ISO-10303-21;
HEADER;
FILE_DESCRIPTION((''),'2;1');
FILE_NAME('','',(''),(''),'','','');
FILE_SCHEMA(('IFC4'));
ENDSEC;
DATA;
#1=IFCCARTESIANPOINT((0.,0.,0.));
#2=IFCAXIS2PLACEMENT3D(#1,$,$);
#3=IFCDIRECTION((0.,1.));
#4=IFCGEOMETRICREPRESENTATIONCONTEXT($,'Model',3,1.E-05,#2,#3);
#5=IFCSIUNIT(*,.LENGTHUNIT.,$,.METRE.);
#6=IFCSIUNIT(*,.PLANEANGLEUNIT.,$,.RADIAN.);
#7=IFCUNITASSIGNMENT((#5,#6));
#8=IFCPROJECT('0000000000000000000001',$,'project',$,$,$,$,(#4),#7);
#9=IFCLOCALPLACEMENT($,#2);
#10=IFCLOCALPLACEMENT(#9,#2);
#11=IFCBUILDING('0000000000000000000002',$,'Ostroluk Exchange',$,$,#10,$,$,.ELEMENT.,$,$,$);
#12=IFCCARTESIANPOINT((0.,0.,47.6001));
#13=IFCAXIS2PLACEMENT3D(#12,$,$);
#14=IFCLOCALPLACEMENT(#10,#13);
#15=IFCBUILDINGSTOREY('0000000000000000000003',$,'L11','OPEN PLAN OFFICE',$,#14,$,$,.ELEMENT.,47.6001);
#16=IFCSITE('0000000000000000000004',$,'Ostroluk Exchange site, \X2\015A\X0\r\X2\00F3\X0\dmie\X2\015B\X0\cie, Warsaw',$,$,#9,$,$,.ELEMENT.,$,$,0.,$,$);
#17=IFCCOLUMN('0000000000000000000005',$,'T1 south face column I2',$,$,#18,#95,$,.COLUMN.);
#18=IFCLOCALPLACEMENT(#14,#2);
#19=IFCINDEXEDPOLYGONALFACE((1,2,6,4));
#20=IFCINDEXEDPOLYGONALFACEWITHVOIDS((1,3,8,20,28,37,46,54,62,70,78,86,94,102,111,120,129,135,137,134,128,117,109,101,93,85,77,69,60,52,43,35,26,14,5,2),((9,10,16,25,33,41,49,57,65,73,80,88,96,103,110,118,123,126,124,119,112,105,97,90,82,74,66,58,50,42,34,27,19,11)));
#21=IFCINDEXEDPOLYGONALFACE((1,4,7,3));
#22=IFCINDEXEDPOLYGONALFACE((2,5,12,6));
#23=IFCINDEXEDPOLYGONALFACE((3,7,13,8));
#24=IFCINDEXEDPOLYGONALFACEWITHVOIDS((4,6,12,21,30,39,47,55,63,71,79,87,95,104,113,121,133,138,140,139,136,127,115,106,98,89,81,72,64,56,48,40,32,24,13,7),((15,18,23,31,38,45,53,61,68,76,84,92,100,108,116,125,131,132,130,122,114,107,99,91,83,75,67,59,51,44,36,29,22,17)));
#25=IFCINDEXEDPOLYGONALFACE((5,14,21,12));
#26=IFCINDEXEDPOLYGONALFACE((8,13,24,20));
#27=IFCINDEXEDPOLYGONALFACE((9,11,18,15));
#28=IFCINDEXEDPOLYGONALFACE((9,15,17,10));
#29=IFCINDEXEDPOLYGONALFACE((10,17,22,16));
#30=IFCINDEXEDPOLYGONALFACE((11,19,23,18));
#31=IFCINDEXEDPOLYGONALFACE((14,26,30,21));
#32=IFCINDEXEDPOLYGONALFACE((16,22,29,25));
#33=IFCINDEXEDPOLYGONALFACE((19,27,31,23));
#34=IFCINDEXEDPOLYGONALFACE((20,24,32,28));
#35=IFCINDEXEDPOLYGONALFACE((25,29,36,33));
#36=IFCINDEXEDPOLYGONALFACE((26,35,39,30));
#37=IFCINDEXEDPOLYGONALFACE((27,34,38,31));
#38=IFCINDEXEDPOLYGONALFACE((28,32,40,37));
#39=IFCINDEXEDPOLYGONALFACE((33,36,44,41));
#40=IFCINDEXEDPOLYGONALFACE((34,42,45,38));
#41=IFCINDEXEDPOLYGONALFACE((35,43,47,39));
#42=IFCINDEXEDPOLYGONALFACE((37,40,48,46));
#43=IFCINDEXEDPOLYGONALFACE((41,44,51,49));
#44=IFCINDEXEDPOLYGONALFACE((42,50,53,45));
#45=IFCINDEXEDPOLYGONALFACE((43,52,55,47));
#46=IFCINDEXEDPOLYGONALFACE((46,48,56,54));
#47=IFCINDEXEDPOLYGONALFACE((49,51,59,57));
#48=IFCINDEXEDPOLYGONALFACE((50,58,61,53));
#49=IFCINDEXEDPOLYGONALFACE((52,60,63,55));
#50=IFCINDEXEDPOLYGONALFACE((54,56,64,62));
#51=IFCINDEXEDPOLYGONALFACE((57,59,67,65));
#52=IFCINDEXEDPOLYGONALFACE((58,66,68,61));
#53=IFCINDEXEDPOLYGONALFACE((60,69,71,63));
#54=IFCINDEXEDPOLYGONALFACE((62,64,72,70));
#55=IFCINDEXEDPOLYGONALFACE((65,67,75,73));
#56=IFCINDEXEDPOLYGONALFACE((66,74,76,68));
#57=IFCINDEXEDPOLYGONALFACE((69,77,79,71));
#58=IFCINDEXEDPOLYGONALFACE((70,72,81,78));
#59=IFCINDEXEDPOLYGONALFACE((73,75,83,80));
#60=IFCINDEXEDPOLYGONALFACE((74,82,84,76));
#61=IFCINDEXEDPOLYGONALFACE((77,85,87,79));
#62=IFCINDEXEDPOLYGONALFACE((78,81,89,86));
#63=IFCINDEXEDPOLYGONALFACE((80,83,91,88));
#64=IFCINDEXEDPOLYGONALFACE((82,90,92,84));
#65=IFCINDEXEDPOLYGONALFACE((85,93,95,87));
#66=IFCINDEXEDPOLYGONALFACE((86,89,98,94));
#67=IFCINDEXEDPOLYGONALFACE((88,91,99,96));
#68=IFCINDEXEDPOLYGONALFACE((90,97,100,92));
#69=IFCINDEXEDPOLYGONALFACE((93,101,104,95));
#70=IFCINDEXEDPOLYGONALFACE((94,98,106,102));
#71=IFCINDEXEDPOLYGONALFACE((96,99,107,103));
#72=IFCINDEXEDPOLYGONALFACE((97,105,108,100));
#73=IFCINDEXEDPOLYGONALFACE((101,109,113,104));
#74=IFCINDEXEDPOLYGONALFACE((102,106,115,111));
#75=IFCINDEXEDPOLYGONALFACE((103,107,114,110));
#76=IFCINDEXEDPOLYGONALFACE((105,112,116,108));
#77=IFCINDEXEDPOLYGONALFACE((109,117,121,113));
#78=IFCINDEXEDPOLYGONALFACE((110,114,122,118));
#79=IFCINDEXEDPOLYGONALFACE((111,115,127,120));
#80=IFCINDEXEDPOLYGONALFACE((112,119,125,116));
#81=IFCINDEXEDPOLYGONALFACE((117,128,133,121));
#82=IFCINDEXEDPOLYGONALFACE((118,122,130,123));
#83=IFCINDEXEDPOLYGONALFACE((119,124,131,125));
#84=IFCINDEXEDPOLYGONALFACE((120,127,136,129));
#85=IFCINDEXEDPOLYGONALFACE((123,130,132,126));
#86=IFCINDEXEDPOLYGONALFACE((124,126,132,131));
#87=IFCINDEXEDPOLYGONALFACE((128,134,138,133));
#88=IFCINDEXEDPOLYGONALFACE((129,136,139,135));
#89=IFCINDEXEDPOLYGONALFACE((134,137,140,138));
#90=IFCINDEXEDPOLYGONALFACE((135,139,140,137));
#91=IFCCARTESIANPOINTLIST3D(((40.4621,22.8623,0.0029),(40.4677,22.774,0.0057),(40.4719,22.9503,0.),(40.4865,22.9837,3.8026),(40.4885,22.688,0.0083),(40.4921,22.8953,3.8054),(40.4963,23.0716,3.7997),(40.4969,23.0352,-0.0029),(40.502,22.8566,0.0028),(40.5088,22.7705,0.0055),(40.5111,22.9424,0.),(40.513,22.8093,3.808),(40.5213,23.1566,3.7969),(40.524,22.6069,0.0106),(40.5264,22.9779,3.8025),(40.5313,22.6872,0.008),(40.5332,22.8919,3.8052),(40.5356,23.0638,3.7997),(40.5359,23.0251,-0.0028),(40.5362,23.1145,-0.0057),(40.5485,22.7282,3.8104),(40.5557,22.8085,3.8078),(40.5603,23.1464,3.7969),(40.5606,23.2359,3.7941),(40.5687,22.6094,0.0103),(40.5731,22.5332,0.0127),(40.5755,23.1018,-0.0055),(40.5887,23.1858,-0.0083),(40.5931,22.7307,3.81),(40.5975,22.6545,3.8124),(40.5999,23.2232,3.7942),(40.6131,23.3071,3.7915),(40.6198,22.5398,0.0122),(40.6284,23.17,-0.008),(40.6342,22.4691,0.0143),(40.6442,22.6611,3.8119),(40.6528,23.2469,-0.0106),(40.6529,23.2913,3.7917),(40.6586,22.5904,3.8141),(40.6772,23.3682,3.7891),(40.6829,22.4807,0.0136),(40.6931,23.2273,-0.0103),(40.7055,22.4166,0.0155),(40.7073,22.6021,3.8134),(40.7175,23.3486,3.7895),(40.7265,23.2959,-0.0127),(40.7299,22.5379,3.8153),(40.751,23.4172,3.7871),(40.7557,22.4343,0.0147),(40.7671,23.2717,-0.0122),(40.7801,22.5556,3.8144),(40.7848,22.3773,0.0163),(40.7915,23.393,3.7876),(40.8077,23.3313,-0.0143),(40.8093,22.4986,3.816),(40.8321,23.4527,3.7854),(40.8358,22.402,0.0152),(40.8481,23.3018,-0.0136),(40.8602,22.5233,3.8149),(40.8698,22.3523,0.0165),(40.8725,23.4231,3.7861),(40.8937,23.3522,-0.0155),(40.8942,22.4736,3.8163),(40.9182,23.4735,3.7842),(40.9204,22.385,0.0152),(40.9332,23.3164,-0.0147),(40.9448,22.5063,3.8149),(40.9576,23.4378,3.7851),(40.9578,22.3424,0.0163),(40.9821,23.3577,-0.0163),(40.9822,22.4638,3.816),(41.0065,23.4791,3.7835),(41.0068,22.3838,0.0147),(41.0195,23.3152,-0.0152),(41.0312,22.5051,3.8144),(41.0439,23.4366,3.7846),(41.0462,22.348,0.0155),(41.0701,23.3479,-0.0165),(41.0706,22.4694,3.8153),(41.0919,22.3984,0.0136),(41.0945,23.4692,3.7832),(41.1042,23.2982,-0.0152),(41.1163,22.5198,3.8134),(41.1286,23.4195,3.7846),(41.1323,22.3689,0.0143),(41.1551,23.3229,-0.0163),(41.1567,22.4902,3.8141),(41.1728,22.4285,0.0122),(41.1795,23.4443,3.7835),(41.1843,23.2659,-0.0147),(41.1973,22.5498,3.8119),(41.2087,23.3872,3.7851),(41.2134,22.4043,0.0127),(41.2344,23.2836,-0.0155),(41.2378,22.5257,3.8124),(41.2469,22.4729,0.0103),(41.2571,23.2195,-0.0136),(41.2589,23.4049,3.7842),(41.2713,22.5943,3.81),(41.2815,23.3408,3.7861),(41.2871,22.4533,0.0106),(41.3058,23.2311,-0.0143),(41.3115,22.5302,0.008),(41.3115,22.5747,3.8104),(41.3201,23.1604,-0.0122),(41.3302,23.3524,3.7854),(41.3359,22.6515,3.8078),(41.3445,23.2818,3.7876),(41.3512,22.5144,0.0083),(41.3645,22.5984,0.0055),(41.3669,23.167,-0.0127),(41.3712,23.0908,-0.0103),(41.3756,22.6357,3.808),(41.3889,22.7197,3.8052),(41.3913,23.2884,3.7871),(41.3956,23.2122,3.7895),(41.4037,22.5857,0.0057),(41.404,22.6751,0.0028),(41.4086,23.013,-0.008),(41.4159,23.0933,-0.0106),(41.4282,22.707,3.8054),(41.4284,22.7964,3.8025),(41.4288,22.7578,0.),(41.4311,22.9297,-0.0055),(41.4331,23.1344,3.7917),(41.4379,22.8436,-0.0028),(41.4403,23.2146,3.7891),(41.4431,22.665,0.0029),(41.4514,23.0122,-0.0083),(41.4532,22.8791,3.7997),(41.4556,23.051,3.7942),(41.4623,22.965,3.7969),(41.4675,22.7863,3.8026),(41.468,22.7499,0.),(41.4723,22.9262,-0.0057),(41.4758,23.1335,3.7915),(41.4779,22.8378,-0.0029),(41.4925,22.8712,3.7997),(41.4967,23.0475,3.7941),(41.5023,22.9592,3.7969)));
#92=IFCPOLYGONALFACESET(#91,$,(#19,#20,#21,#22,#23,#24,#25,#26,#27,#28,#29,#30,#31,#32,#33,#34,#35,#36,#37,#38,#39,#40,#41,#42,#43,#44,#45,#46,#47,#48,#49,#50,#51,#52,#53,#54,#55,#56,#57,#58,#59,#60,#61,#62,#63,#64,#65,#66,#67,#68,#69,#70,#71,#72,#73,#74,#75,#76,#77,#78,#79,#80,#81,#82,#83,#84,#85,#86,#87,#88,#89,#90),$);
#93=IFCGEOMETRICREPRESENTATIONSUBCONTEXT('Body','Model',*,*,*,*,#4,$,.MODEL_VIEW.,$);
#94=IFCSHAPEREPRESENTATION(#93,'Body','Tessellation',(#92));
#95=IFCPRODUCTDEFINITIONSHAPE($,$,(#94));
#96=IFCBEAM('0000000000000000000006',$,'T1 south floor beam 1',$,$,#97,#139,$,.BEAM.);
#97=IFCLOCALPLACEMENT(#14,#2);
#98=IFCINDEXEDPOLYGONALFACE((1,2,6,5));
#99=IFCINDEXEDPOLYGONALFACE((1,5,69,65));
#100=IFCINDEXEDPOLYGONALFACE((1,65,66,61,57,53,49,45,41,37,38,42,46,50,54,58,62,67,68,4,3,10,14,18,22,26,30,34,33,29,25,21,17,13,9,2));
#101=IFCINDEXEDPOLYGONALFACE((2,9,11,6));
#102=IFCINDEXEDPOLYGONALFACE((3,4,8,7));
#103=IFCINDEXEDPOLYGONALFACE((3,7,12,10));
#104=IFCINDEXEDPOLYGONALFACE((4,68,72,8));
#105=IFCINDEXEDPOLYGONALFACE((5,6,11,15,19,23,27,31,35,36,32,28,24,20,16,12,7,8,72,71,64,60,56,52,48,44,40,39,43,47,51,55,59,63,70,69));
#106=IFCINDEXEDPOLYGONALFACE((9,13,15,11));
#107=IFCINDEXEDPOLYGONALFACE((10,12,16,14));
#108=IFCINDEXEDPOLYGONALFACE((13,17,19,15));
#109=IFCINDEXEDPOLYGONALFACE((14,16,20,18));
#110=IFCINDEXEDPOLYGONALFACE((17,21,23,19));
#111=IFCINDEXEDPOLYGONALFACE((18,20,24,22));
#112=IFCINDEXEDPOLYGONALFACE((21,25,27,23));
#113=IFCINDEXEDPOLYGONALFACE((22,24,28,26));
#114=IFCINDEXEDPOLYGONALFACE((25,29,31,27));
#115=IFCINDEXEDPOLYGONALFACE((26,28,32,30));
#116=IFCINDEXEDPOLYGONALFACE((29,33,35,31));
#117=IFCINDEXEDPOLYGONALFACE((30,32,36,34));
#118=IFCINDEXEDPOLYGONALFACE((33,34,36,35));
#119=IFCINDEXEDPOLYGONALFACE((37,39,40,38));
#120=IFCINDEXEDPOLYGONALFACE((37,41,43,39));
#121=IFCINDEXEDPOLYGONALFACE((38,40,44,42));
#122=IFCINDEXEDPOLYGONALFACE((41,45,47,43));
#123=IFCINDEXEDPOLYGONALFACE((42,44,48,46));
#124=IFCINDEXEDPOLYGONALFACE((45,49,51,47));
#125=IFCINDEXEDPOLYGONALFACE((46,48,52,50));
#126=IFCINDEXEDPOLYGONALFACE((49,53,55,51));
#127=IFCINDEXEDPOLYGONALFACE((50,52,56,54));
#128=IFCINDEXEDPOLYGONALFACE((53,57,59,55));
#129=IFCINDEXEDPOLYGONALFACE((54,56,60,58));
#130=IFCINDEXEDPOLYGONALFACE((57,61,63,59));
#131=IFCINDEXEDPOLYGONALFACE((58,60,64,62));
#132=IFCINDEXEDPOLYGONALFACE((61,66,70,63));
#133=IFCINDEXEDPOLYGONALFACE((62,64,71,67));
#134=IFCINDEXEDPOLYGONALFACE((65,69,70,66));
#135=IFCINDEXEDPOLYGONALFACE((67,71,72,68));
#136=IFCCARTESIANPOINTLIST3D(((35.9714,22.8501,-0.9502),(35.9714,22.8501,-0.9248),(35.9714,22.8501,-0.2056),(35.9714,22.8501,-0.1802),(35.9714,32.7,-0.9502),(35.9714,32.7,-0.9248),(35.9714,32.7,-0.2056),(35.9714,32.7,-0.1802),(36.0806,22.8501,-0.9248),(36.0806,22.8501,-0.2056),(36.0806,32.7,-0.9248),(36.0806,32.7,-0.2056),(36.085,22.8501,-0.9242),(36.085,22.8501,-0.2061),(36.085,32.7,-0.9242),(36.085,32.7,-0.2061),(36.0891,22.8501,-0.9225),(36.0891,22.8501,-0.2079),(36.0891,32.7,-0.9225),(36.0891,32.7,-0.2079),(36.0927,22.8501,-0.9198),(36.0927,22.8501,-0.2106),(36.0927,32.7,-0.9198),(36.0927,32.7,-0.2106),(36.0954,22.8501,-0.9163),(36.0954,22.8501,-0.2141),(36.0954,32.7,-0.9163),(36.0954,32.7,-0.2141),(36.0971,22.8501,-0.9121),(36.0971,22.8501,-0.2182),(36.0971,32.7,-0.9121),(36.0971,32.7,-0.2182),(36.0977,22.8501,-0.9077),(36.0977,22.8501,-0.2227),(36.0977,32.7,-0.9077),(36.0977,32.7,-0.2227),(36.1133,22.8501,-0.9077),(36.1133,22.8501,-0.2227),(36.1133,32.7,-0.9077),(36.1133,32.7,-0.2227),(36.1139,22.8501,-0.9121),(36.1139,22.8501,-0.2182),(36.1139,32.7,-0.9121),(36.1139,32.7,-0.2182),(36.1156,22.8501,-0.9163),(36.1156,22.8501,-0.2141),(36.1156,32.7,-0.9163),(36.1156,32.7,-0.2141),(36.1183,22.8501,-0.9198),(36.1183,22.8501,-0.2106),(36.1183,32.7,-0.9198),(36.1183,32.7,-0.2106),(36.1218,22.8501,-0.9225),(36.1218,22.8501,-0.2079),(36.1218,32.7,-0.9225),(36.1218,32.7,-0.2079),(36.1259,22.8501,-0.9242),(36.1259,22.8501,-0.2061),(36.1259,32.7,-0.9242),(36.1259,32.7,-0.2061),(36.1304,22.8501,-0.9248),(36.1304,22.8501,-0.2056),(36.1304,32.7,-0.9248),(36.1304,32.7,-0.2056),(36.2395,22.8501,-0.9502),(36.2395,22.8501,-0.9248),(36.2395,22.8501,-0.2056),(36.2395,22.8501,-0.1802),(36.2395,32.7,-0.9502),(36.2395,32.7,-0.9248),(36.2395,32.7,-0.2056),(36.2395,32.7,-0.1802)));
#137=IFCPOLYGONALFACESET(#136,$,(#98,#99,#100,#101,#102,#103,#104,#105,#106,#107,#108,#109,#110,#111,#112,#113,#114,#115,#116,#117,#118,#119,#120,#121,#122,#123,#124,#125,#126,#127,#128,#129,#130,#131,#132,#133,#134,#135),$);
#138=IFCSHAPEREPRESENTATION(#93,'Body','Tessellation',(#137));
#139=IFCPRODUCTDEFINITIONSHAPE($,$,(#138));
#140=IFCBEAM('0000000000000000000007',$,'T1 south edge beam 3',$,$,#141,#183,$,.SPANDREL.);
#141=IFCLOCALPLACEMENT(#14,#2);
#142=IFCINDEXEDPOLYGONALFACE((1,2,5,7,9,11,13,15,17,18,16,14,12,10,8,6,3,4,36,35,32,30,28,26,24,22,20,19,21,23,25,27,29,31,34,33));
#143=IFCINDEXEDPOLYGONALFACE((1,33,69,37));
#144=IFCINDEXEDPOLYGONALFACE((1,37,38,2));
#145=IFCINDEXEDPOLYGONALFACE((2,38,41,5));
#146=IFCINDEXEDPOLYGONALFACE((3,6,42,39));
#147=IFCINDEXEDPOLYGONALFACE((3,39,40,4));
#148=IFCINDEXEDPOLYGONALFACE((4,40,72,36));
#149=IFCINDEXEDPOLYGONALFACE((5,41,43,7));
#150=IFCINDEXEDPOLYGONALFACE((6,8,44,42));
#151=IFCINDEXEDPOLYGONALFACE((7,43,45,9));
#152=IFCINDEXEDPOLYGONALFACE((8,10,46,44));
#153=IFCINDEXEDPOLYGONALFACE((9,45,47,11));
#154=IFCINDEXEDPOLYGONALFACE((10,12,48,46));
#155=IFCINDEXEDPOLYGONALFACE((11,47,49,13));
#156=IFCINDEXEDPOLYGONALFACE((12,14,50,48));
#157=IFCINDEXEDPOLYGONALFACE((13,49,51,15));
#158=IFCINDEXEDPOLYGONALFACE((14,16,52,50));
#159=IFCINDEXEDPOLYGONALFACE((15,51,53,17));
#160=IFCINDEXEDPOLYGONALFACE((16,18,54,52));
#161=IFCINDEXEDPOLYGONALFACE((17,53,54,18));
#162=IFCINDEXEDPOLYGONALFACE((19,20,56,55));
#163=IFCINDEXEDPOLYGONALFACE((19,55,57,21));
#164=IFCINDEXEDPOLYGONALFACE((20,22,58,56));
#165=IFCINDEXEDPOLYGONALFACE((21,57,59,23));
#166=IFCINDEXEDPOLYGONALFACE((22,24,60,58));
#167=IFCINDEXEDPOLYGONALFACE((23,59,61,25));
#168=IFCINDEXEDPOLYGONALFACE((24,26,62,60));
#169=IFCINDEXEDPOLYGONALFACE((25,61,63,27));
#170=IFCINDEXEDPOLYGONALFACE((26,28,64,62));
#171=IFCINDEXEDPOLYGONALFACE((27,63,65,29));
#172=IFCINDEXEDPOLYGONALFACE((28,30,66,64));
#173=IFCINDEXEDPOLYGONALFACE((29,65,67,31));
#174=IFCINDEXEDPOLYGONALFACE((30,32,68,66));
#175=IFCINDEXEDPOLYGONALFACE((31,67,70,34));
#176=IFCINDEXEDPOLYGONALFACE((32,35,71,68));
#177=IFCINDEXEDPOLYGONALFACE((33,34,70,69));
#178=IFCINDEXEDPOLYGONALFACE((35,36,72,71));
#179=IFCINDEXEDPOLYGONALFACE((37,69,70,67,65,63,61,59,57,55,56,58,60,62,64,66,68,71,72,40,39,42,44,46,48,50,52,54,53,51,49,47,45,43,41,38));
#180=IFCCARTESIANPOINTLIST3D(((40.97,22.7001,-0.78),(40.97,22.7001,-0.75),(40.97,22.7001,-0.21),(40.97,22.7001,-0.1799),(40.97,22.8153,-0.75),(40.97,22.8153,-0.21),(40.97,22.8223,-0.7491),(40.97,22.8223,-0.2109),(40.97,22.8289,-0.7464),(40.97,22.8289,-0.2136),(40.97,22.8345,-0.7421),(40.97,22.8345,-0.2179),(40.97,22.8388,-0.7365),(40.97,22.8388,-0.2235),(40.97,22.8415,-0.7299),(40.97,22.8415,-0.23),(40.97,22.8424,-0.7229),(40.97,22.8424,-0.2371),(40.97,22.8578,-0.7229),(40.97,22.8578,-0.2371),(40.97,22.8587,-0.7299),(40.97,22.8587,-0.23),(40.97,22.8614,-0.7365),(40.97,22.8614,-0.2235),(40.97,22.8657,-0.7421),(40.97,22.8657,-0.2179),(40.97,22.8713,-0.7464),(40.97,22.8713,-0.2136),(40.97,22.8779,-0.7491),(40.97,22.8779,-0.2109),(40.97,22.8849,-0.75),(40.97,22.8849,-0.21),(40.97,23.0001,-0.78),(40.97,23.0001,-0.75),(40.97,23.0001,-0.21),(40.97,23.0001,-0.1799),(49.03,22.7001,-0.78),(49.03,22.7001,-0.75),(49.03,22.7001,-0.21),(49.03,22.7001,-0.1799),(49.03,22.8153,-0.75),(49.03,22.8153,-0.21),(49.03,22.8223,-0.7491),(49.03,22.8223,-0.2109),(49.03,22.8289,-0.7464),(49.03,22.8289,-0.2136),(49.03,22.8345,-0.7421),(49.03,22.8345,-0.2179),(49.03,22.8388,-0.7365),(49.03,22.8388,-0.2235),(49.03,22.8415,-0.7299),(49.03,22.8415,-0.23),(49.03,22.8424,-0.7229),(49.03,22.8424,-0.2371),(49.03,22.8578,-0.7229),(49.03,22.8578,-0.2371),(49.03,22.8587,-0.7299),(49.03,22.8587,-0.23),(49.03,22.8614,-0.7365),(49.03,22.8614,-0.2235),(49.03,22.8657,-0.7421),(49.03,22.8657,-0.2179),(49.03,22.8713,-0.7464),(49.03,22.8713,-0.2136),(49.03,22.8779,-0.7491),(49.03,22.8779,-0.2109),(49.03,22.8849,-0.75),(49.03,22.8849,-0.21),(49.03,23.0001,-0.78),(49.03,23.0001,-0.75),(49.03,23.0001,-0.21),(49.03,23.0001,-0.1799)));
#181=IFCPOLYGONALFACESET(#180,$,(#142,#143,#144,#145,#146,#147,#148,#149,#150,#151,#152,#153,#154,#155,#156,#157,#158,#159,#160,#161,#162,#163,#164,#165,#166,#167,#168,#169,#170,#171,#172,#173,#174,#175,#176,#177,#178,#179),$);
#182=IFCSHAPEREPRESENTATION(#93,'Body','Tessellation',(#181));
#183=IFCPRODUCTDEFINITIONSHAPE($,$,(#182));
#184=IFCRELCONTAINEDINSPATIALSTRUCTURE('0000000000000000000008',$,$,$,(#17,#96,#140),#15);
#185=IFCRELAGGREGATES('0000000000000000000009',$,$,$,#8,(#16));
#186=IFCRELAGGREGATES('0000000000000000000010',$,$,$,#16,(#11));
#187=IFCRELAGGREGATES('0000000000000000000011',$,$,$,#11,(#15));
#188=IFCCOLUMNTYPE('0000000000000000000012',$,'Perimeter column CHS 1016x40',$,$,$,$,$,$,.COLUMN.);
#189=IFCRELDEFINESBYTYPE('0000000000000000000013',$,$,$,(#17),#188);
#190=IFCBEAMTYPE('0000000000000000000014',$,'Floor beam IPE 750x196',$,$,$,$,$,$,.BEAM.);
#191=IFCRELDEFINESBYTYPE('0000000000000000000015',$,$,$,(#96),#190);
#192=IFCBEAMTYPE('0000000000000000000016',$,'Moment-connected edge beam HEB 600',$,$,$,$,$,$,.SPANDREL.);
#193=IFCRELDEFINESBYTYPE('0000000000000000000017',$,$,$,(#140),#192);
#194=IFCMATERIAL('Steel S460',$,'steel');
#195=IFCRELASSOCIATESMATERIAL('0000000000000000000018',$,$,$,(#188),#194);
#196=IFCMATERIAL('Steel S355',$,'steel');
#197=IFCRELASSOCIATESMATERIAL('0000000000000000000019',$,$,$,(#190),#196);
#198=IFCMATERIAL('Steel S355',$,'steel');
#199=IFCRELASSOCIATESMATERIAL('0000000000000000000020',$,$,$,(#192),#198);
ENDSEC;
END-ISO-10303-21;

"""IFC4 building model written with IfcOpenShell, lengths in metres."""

from ifc_helpers import new_model, si_unit, direction, frame, origin, origin_2d, place, context, subcontext, project, spatial, hollow_circle, i_section, extrude, material, material_profile, profile_set, type_object, element, save


model = new_model("IFC4")

# Units and contexts
model_context = context("Model", 3, precision=1e-05, world=origin(), true_north=direction((0.0, 1.0)))
body_context = subcontext(model_context, "Body", "Model", "MODEL_VIEW")
ifc_project = project(units=[si_unit("LENGTHUNIT", "METRE"), si_unit("PLANEANGLEUNIT", "RADIAN")], contexts=[model_context])

# Site, building, storey
site_placement = place(None, origin())
site = spatial("IfcSite", under=ifc_project, at=site_placement, Name="Ostroluk Exchange site, Śródmieście, Warsaw", CompositionType="ELEMENT", RefElevation=0.0)
building_placement = place(site_placement, origin())
building = spatial("IfcBuilding", under=site, at=building_placement, Name="Ostroluk Exchange", CompositionType="ELEMENT")
storey_placement = place(building_placement, frame((0.0, 0.0, 47.6001)))
storey = spatial("IfcBuildingStorey", under=building, at=storey_placement, Name="L11", Description="OPEN PLAN OFFICE", CompositionType="ELEMENT", Elevation=47.6001)

# Column
ifc_material_1 = material(Name="Steel S460", Category="steel")
ifc_material_profile_1 = material_profile(ifc_material_1, hollow_circle(Radius=0.5081, WallThickness=0.04, at=origin_2d()), Name="CHS 1016x40")
ifc_profile_set_1 = profile_set([ifc_material_profile_1], Name="Steel S460")
column_type = type_object("IfcColumnType", Name="Perimeter column CHS 1016x40", PredefinedType="COLUMN", material=ifc_profile_set_1)
column_placement = place(storey_placement, frame((40.97, 22.8501, 0.0), z_axis=(0.006422, 0.031916, 0.99947), x_axis=(-0.980352, 0.197254, 0.0)))
element("IfcColumn", 1, at=column_placement, inside=storey, type_object=column_type, Name="T1 south face column I2", PredefinedType="COLUMN", context=body_context, shape_type="SweptSolid", body=[
    extrude(hollow_circle(Radius=0.5081, WallThickness=0.04, at=origin_2d()), origin(), (0.0, 0.0, 1.0), 3.8018),
])

# Beams
ifc_material_2 = material(Name="Steel S355", Category="steel")
ifc_material_profile_2 = material_profile(ifc_material_2, i_section(OverallWidth=0.2681, OverallDepth=0.77, WebThickness=0.0156, FlangeThickness=0.0254, FilletRadius=0.0171, at=origin_2d()), Name="IPE 750x196")
ifc_profile_set_2 = profile_set([ifc_material_profile_2], Name="Steel S355")
beam_type_1 = type_object("IfcBeamType", Name="Floor beam IPE 750x196", PredefinedType="BEAM", material=ifc_profile_set_2)
beam_1_placement = place(storey_placement, frame((36.1055, 32.7, -0.5652), z_axis=(0.0, -1.0, 0.0), x_axis=(1.0, 0.0, 0.0)))
element("IfcBeam", 2, at=beam_1_placement, inside=storey, type_object=beam_type_1, Name="T1 south floor beam 1", PredefinedType="BEAM", context=body_context, shape_type="SweptSolid", body=[
    extrude(i_section(OverallWidth=0.2681, OverallDepth=0.77, WebThickness=0.0156, FlangeThickness=0.0254, FilletRadius=0.0171, at=origin_2d()), origin(), (0.0, 0.0, 1.0), 9.8499),
])
ifc_material_3 = material(Name="Steel S355", Category="steel")
ifc_material_profile_3 = material_profile(ifc_material_3, i_section(OverallWidth=0.3, OverallDepth=0.6001, WebThickness=0.0154, FlangeThickness=0.03, FilletRadius=0.0271, at=origin_2d()), Name="HEB 600")
ifc_profile_set_3 = profile_set([ifc_material_profile_3], Name="Steel S355")
beam_type_2 = type_object("IfcBeamType", Name="Moment-connected edge beam HEB 600", PredefinedType="SPANDREL", material=ifc_profile_set_3)
beam_2_placement = place(storey_placement, frame((40.97, 22.8501, -0.48), z_axis=(1.0, 0.0, 0.0), x_axis=(0.0, 1.0, 0.0)))
element("IfcBeam", 3, at=beam_2_placement, inside=storey, type_object=beam_type_2, Name="T1 south edge beam 3", PredefinedType="SPANDREL", context=body_context, shape_type="SweptSolid", body=[
    extrude(i_section(OverallWidth=0.3, OverallDepth=0.6001, WebThickness=0.0154, FlangeThickness=0.03, FilletRadius=0.0271, at=origin_2d()), origin(), (0.0, 0.0, 1.0), 8.0601),
])

save(model, "model.ifc")
